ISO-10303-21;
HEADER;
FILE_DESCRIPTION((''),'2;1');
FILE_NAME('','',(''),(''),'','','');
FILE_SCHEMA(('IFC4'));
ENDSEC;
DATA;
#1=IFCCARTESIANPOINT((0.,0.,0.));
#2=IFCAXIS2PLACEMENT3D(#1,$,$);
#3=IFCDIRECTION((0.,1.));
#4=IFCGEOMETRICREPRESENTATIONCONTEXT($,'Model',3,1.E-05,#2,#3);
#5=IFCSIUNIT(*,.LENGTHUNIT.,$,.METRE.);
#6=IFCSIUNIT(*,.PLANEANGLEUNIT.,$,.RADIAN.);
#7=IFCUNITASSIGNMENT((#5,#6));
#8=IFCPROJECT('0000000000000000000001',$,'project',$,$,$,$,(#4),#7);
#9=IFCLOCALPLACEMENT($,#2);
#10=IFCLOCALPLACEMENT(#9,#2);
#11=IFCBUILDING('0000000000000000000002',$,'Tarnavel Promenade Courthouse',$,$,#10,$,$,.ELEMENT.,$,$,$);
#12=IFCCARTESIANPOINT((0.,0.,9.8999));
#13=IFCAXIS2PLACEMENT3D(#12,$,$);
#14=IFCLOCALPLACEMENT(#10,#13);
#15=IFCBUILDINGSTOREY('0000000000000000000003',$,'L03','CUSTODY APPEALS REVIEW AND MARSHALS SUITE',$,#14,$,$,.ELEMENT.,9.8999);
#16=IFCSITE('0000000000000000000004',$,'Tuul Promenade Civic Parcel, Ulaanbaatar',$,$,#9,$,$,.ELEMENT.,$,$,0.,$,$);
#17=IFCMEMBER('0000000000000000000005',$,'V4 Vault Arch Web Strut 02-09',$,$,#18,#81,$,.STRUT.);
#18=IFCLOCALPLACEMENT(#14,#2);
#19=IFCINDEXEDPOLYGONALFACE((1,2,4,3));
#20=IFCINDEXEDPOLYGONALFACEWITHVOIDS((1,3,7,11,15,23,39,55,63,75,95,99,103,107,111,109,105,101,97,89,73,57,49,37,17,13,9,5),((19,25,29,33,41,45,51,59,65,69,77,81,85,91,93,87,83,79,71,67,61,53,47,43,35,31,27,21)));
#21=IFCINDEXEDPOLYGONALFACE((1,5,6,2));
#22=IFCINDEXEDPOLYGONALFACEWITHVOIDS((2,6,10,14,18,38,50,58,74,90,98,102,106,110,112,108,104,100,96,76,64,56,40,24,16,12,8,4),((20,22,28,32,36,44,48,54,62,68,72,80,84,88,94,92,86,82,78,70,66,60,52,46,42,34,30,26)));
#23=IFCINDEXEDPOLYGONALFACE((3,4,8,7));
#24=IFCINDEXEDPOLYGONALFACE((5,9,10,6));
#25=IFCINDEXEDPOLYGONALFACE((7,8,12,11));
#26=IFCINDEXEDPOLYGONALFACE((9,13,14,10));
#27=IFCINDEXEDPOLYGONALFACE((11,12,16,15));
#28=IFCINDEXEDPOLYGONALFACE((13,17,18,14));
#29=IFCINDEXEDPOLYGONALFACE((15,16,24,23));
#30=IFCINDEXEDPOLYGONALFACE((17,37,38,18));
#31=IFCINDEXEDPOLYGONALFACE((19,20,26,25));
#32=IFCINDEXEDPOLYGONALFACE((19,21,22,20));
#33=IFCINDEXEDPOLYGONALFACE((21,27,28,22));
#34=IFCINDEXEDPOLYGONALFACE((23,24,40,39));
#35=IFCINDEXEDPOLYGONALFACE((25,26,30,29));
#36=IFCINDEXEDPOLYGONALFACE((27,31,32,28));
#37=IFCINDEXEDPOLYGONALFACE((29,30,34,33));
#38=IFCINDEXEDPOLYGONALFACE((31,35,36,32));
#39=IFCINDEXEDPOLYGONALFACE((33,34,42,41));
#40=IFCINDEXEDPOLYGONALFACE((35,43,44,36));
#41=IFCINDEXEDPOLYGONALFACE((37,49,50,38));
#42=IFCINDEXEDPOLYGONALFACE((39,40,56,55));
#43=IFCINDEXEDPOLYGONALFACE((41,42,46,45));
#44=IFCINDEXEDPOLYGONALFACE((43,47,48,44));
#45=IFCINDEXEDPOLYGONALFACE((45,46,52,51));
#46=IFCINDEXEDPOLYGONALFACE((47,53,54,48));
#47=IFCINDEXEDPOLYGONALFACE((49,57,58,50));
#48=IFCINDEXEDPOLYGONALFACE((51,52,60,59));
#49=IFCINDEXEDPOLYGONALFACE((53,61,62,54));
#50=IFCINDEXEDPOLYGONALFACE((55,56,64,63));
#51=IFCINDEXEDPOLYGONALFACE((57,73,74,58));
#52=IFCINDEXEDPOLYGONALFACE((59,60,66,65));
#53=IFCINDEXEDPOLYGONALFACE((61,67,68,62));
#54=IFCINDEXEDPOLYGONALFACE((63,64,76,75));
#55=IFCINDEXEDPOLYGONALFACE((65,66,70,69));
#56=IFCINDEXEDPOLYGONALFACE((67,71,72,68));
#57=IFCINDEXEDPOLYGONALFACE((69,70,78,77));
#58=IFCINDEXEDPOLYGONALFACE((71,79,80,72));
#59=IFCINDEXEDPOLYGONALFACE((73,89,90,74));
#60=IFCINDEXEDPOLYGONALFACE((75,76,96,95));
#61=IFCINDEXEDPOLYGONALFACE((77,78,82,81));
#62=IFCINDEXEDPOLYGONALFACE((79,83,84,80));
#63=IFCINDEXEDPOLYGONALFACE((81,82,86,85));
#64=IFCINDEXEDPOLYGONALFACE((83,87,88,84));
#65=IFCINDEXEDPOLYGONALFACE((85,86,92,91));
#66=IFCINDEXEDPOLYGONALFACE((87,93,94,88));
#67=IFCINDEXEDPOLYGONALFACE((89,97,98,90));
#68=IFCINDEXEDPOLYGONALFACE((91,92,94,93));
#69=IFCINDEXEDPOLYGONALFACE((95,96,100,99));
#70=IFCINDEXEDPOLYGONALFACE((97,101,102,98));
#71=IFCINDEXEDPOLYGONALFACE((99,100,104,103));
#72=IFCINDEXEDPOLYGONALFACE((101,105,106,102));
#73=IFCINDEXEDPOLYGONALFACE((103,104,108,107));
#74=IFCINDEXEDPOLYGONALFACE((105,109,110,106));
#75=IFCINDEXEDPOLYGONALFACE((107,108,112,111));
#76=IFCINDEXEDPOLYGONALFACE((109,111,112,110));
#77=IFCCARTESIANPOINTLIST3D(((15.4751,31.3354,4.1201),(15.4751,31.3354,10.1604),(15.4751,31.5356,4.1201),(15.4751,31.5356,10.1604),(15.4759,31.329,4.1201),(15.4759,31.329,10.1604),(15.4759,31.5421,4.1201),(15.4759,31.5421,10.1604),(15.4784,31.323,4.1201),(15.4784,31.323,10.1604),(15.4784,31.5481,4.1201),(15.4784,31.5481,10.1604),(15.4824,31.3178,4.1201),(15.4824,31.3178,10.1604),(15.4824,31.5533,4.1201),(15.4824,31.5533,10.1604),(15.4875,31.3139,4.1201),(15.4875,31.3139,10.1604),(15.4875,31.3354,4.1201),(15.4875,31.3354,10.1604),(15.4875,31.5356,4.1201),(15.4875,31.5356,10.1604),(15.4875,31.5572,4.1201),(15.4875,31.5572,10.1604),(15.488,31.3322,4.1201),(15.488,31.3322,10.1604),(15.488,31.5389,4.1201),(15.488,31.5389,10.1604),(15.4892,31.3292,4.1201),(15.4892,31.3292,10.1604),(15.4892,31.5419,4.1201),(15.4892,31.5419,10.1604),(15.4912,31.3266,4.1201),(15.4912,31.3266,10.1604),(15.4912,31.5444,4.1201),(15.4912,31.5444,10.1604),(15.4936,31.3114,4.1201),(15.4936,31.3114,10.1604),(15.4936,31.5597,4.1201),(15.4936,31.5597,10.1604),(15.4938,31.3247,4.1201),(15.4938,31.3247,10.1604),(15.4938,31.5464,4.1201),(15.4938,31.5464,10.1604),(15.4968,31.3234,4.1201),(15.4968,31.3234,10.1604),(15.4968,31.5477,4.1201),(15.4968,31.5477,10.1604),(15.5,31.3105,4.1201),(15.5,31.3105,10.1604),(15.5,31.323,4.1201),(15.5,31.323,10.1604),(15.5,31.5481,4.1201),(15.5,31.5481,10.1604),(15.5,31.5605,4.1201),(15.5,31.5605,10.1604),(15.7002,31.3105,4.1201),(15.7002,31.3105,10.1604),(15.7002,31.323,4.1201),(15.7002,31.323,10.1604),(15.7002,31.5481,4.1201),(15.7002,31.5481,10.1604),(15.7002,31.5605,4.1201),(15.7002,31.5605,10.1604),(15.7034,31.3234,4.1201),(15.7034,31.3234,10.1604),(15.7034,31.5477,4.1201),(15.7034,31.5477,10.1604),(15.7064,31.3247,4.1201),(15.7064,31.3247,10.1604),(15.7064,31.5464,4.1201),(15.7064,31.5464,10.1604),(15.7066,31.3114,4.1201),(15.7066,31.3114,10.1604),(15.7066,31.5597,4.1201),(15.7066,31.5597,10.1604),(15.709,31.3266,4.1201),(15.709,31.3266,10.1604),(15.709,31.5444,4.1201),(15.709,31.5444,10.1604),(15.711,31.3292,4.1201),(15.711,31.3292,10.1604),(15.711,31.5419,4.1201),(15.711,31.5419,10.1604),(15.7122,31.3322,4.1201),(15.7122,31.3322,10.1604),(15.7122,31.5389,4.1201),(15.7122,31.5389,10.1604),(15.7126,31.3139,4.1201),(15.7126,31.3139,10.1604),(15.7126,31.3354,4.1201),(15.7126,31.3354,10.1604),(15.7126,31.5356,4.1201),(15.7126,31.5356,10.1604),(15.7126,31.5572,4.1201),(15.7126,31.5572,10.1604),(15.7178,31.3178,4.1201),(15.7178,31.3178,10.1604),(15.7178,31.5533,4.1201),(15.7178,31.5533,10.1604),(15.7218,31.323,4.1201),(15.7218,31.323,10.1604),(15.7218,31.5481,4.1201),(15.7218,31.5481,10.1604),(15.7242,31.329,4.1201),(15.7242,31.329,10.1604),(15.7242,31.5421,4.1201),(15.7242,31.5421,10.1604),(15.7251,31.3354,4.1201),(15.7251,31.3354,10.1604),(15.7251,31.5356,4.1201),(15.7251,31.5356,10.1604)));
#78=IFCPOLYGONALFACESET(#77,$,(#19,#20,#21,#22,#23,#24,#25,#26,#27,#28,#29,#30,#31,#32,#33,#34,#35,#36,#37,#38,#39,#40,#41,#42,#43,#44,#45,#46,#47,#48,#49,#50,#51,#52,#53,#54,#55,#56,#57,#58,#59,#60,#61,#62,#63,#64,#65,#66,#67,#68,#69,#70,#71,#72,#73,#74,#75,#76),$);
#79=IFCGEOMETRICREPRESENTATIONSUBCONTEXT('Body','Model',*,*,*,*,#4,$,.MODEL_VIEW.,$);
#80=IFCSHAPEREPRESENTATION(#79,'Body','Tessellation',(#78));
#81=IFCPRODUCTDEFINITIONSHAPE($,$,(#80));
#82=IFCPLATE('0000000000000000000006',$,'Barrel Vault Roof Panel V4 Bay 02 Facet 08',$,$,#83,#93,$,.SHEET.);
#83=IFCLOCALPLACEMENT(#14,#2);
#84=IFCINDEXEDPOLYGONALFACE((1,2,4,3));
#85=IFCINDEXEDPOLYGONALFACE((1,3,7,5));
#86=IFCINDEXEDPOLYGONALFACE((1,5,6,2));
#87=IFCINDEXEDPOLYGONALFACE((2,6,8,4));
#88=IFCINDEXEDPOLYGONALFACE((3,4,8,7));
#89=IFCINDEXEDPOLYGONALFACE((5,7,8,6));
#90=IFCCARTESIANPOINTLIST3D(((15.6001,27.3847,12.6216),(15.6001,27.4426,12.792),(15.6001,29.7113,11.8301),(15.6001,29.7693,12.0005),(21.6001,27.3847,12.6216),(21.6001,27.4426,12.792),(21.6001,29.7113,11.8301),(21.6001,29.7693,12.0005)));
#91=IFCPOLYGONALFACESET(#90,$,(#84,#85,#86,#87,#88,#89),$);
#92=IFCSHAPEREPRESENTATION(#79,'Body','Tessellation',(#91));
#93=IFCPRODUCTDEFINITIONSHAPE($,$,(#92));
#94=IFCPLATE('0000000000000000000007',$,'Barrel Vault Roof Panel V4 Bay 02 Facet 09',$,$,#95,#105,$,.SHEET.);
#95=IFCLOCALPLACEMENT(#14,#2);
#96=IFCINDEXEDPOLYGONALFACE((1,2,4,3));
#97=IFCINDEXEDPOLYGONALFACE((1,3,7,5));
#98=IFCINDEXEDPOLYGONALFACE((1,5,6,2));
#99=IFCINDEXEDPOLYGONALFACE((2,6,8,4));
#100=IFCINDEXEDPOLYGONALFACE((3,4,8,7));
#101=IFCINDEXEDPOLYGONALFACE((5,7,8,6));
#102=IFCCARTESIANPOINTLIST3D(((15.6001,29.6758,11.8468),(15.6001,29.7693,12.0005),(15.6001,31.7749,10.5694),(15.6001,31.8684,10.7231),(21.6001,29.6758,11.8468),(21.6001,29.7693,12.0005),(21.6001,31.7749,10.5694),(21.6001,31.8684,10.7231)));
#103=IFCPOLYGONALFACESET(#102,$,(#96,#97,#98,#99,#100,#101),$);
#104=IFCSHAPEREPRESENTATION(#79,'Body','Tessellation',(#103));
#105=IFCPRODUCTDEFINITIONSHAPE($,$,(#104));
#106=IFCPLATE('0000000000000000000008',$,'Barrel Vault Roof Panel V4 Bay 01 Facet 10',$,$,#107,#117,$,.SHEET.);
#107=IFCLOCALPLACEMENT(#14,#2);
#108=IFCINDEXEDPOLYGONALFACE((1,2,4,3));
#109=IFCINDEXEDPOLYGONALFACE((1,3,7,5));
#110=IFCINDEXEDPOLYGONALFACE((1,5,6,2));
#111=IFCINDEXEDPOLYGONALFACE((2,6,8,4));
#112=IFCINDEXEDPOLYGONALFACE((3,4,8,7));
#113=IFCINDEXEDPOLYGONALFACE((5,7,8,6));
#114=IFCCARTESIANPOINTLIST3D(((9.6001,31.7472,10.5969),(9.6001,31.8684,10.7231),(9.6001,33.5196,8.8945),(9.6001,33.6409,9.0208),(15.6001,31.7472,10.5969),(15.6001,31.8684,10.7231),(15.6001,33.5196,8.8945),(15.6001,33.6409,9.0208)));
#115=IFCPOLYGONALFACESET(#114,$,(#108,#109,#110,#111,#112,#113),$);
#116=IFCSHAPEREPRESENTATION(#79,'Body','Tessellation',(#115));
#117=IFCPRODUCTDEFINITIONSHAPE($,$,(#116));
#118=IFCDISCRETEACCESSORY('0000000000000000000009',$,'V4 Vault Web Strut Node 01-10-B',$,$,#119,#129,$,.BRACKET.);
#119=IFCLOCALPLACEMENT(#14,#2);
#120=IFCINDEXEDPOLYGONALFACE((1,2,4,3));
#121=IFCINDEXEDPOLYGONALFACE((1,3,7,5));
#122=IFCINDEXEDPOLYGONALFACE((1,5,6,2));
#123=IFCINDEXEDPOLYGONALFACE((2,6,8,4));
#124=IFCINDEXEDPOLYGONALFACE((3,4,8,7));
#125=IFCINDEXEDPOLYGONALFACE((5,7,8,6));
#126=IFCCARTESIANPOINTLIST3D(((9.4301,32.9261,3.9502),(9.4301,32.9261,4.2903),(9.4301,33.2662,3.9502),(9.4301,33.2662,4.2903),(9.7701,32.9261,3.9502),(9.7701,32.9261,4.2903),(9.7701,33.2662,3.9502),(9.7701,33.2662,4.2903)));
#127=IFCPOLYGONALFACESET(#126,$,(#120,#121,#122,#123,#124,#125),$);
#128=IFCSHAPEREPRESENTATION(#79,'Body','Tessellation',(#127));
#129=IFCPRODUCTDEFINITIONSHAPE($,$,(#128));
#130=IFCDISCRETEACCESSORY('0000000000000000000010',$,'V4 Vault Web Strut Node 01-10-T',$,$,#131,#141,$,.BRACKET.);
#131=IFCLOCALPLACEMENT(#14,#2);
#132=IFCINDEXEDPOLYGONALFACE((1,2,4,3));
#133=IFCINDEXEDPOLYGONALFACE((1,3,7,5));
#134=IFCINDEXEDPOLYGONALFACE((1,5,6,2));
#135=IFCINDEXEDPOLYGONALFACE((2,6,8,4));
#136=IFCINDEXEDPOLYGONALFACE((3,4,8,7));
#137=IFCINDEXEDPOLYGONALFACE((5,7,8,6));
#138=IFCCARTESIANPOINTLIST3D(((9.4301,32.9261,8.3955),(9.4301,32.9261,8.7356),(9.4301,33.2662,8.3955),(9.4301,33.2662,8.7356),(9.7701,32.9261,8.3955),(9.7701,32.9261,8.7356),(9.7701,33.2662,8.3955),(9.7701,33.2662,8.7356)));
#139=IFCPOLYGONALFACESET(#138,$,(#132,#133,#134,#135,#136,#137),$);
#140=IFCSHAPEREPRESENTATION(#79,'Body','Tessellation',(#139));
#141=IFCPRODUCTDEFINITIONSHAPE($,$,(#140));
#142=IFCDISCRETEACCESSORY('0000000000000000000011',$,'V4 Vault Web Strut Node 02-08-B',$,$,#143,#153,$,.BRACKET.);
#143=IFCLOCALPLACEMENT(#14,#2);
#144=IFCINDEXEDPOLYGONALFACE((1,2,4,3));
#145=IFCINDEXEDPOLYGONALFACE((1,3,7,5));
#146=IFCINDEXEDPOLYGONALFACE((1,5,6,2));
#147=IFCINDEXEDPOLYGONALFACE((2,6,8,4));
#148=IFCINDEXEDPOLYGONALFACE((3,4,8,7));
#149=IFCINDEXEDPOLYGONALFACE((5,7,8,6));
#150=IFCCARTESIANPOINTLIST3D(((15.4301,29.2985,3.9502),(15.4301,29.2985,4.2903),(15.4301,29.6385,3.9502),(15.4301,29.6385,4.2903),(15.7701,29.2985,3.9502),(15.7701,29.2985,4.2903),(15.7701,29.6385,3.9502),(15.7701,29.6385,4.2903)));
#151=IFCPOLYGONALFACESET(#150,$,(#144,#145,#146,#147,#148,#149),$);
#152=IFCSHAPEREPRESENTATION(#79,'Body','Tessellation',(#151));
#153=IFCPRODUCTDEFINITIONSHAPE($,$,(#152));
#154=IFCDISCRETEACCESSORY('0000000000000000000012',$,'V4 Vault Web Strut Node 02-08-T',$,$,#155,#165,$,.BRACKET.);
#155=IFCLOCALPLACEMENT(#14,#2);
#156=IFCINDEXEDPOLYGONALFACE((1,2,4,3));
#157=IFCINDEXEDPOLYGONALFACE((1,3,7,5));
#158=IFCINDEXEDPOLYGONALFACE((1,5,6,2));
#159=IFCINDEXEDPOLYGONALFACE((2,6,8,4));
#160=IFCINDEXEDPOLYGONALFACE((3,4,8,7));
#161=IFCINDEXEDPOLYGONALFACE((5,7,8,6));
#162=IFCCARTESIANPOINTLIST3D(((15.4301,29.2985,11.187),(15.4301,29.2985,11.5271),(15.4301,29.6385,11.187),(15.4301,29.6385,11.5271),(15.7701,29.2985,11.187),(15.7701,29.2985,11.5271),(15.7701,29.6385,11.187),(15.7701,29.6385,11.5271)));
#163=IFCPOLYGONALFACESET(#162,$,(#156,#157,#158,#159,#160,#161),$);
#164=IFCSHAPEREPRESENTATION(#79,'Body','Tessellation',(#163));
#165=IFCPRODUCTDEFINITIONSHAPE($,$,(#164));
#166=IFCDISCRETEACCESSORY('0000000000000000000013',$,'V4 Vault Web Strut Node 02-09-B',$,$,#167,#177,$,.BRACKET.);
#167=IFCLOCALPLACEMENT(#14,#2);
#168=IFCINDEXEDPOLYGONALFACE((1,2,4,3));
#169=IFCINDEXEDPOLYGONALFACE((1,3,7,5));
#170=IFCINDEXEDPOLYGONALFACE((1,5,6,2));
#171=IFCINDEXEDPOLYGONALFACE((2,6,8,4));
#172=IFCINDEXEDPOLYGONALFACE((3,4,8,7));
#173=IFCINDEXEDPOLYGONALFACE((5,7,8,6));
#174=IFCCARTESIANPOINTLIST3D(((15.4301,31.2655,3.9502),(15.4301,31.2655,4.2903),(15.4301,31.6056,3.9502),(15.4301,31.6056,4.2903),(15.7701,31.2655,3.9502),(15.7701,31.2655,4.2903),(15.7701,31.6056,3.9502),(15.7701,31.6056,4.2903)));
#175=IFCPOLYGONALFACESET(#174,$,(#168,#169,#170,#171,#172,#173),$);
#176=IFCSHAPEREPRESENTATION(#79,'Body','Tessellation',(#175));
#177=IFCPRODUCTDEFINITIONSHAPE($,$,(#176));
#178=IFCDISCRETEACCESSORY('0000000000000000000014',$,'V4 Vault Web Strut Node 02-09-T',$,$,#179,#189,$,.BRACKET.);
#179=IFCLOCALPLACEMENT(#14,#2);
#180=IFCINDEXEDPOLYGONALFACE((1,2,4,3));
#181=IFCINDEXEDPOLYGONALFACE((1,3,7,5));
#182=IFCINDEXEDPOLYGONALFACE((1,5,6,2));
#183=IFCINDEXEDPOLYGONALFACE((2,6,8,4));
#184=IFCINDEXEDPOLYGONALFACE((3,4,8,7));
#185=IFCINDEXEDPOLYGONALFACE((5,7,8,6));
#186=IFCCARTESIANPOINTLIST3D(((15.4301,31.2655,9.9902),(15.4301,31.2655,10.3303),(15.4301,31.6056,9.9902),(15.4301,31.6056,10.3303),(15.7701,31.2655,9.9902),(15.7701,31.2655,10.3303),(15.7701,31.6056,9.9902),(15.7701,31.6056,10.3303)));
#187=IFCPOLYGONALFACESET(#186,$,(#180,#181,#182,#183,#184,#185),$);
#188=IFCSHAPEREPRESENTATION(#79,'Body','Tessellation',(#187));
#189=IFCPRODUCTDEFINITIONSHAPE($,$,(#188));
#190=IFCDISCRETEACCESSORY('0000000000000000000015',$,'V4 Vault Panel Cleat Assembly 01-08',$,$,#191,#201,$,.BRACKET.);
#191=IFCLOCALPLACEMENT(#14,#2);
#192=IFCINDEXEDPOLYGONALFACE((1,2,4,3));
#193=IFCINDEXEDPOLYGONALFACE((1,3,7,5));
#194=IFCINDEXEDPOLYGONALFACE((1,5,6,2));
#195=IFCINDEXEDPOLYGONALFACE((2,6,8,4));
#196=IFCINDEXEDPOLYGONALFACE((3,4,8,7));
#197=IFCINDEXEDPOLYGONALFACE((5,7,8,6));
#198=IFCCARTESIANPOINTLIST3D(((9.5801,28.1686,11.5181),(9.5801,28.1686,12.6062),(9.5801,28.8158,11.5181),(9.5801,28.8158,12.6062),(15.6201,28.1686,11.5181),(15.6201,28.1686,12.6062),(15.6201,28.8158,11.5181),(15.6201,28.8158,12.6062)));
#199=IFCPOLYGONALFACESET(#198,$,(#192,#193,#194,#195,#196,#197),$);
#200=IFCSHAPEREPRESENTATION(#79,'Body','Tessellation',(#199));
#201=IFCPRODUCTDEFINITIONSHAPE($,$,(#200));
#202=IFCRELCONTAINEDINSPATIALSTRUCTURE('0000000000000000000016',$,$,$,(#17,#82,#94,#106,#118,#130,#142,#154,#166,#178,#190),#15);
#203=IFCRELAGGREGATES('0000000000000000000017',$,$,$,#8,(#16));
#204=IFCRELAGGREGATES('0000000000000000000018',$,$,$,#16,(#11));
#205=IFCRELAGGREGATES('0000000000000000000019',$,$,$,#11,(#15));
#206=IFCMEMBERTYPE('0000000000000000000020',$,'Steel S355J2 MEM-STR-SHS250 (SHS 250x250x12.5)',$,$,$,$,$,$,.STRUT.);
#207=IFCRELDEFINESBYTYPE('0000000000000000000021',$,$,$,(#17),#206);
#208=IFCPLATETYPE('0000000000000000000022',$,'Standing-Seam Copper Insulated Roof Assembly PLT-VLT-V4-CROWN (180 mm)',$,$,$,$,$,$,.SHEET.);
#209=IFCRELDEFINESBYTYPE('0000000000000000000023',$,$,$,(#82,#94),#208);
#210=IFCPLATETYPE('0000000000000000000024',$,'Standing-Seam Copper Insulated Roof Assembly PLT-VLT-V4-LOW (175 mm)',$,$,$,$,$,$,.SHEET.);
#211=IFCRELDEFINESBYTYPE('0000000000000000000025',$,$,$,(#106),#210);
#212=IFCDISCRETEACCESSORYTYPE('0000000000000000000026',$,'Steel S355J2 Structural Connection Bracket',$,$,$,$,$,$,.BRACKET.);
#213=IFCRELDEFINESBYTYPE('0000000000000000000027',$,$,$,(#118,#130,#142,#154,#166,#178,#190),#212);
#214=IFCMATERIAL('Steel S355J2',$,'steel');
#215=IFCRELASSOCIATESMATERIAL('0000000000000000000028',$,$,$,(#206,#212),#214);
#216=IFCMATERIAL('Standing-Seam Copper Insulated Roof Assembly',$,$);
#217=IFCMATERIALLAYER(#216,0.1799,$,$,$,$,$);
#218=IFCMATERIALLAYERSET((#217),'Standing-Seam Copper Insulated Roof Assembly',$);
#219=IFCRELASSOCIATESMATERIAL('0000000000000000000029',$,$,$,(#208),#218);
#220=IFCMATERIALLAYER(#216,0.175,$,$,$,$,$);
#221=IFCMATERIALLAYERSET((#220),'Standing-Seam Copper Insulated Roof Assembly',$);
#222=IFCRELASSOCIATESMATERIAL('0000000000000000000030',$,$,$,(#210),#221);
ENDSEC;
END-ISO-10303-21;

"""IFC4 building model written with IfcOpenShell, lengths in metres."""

from ifc_helpers import new_model, si_unit, direction, frame, origin, origin_2d, place, context, subcontext, project, spatial, polyline, rectangle, hollow_rectangle, outline, extrude, material, layer, layer_set, material_profile, profile_set, type_object, element, save


model = new_model("IFC4")

# Units and contexts
model_context = context("Model", 3, precision=1e-05, world=origin(), true_north=direction((0.0, 1.0)))
body_context = subcontext(model_context, "Body", "Model", "MODEL_VIEW")
ifc_project = project(units=[si_unit("LENGTHUNIT", "METRE"), si_unit("PLANEANGLEUNIT", "RADIAN")], contexts=[model_context])

# Site, building, storey
site_placement = place(None, origin())
site = spatial("IfcSite", under=ifc_project, at=site_placement, Name="Tuul Promenade Civic Parcel, Ulaanbaatar", CompositionType="ELEMENT", RefElevation=0.0)
building_placement = place(site_placement, origin())
building = spatial("IfcBuilding", under=site, at=building_placement, Name="Tarnavel Promenade Courthouse", CompositionType="ELEMENT")
storey_placement = place(building_placement, frame((0.0, 0.0, 9.8999)))
storey = spatial("IfcBuildingStorey", under=building, at=storey_placement, Name="L03", Description="CUSTODY APPEALS REVIEW AND MARSHALS SUITE", CompositionType="ELEMENT", Elevation=9.8999)

# Shared definitions
ifc_material_1 = material(Name="Steel S355J2", Category="steel")

# Member
ifc_material_profile_1 = material_profile(ifc_material_1, hollow_rectangle(XDim=0.25, YDim=0.25, WallThickness=0.0125, InnerFilletRadius=0.0125, OuterFilletRadius=0.0249, at=origin_2d()), Name="SHS 250x250x12.5")
ifc_profile_set_1 = profile_set([ifc_material_profile_1], Name="Steel S355J2")
member_type_1 = type_object("IfcMemberType", Name="Steel S355J2 MEM-STR-SHS250 (SHS 250x250x12.5)", PredefinedType="STRUT", material=ifc_profile_set_1)
member_1_placement = place(storey_placement, frame((15.6001, 31.4355, 4.1201), z_axis=(0.0, 0.0, 1.0), x_axis=(1.0, 0.0, 0.0)))
element("IfcMember", 1, at=member_1_placement, inside=storey, type_object=member_type_1, Name="V4 Vault Arch Web Strut 02-09", PredefinedType="STRUT", context=body_context, shape_type="SweptSolid", body=[
    extrude(hollow_rectangle(XDim=0.25, YDim=0.25, WallThickness=0.0125, InnerFilletRadius=0.0125, OuterFilletRadius=0.0249, at=origin_2d()), origin(), (0.0, 0.0, 1.0), 6.0403),
])

# Plates
ifc_material_2 = material(Name="Standing-Seam Copper Insulated Roof Assembly")
ifc_layer_1 = layer(ifc_material_2, 0.1799)
ifc_layer_set_1 = layer_set([ifc_layer_1], Name="Standing-Seam Copper Insulated Roof Assembly")
plate_type_1 = type_object("IfcPlateType", Name="Standing-Seam Copper Insulated Roof Assembly PLT-VLT-V4-CROWN (180 mm)", PredefinedType="SHEET", material=ifc_layer_set_1)
plate_1_placement = place(storey_placement, frame((15.6001, 27.4426, 12.792), z_axis=(0.0, 0.322063, 0.946718), x_axis=(1.0, 0.0, 0.0)))
element("IfcPlate", 2, at=plate_1_placement, inside=storey, type_object=plate_type_1, Name="Barrel Vault Roof Panel V4 Bay 02 Facet 08", PredefinedType="SHEET", context=body_context, shape_type="SweptSolid", body=[
    extrude(outline(polyline([(0.0, 0.0), (6.0, 0.0), (6.0, 2.4576), (0.0, 2.4576), (0.0, 0.0)])), origin(), (0.0, 0.0, -1.0), 0.1799),
])
plate_2_placement = place(storey_placement, frame((15.6001, 29.7693, 12.0005), z_axis=(0.0, 0.519833, 0.854268), x_axis=(1.0, 0.0, 0.0)))
element("IfcPlate", 3, at=plate_2_placement, inside=storey, type_object=plate_type_1, Name="Barrel Vault Roof Panel V4 Bay 02 Facet 09", PredefinedType="SHEET", context=body_context, shape_type="SweptSolid", body=[
    extrude(outline(polyline([(0.0, 0.0), (6.0, 0.0), (6.0, 2.4572), (0.0, 2.4572), (0.0, 0.0)])), origin(), (0.0, 0.0, -1.0), 0.1799),
])
ifc_layer_2 = layer(ifc_material_2, 0.175)
ifc_layer_set_2 = layer_set([ifc_layer_2], Name="Standing-Seam Copper Insulated Roof Assembly")
plate_type_2 = type_object("IfcPlateType", Name="Standing-Seam Copper Insulated Roof Assembly PLT-VLT-V4-LOW (175 mm)", PredefinedType="SHEET", material=ifc_layer_set_2)
plate_3_placement = place(storey_placement, frame((9.6001, 31.8684, 10.7231), z_axis=(0.0, 0.692708, 0.721219), x_axis=(1.0, 0.0, 0.0)))
element("IfcPlate", 4, at=plate_3_placement, inside=storey, type_object=plate_type_2, Name="Barrel Vault Roof Panel V4 Bay 01 Facet 10", PredefinedType="SHEET", context=body_context, shape_type="SweptSolid", body=[
    extrude(outline(polyline([(0.0, 0.0), (6.0, 0.0), (6.0, 2.4576), (0.0, 2.4576), (0.0, 0.0)])), origin(), (0.0, 0.0, -1.0), 0.175),
])

# Discrete accessories
discrete_accessory_type = type_object("IfcDiscreteAccessoryType", Name="Steel S355J2 Structural Connection Bracket", PredefinedType="BRACKET", material=ifc_material_1)
for number, where, z_axis, x_axis, name in (
    (5, (9.6001, 33.0962, 3.9502), (0.0, 0.0, 1.0), (1.0, 0.0, 0.0), "V4 Vault Web Strut Node 01-10-B"),
    (6, (9.6001, 33.0962, 8.3955), (0.0, 0.0, 1.0), (1.0, 0.0, 0.0), "V4 Vault Web Strut Node 01-10-T"),
    (7, (15.6001, 29.4685, 3.9502), (0.0, 0.0, 1.0), (1.0, 0.0, 0.0), "V4 Vault Web Strut Node 02-08-B"),
    (8, (15.6001, 29.4685, 11.187), (0.0, 0.0, 1.0), (1.0, 0.0, 0.0), "V4 Vault Web Strut Node 02-08-T"),
    (9, (15.6001, 31.4355, 3.9502), (0.0, 0.0, 1.0), (1.0, 0.0, 0.0), "V4 Vault Web Strut Node 02-09-B"),
    (10, (15.6001, 31.4355, 9.9902), (0.0, 0.0, 1.0), (1.0, 0.0, 0.0), "V4 Vault Web Strut Node 02-09-T"),
):
    element("IfcDiscreteAccessory", number, at=place(storey_placement, frame(where, z_axis=z_axis, x_axis=x_axis)), inside=storey, type_object=discrete_accessory_type, Name=name, PredefinedType="BRACKET", context=body_context, shape_type="SweptSolid", body=[
        extrude(rectangle(XDim=0.3401, YDim=0.3401, at=origin_2d()), origin(), (0.0, 0.0, 1.0), 0.3401),
    ])
discrete_accessory_1_placement = place(storey_placement, frame((12.6001, 28.4922, 11.5181), z_axis=(0.0, 0.0, 1.0), x_axis=(1.0, 0.0, 0.0)))
element("IfcDiscreteAccessory", 11, at=discrete_accessory_1_placement, inside=storey, type_object=discrete_accessory_type, Name="V4 Vault Panel Cleat Assembly 01-08", PredefinedType="BRACKET", context=body_context, shape_type="SweptSolid", body=[
    extrude(rectangle(XDim=6.04, YDim=0.6472, at=origin_2d()), origin(), (0.0, 0.0, 1.0), 1.0881),
])

save(model, "model.ifc")
